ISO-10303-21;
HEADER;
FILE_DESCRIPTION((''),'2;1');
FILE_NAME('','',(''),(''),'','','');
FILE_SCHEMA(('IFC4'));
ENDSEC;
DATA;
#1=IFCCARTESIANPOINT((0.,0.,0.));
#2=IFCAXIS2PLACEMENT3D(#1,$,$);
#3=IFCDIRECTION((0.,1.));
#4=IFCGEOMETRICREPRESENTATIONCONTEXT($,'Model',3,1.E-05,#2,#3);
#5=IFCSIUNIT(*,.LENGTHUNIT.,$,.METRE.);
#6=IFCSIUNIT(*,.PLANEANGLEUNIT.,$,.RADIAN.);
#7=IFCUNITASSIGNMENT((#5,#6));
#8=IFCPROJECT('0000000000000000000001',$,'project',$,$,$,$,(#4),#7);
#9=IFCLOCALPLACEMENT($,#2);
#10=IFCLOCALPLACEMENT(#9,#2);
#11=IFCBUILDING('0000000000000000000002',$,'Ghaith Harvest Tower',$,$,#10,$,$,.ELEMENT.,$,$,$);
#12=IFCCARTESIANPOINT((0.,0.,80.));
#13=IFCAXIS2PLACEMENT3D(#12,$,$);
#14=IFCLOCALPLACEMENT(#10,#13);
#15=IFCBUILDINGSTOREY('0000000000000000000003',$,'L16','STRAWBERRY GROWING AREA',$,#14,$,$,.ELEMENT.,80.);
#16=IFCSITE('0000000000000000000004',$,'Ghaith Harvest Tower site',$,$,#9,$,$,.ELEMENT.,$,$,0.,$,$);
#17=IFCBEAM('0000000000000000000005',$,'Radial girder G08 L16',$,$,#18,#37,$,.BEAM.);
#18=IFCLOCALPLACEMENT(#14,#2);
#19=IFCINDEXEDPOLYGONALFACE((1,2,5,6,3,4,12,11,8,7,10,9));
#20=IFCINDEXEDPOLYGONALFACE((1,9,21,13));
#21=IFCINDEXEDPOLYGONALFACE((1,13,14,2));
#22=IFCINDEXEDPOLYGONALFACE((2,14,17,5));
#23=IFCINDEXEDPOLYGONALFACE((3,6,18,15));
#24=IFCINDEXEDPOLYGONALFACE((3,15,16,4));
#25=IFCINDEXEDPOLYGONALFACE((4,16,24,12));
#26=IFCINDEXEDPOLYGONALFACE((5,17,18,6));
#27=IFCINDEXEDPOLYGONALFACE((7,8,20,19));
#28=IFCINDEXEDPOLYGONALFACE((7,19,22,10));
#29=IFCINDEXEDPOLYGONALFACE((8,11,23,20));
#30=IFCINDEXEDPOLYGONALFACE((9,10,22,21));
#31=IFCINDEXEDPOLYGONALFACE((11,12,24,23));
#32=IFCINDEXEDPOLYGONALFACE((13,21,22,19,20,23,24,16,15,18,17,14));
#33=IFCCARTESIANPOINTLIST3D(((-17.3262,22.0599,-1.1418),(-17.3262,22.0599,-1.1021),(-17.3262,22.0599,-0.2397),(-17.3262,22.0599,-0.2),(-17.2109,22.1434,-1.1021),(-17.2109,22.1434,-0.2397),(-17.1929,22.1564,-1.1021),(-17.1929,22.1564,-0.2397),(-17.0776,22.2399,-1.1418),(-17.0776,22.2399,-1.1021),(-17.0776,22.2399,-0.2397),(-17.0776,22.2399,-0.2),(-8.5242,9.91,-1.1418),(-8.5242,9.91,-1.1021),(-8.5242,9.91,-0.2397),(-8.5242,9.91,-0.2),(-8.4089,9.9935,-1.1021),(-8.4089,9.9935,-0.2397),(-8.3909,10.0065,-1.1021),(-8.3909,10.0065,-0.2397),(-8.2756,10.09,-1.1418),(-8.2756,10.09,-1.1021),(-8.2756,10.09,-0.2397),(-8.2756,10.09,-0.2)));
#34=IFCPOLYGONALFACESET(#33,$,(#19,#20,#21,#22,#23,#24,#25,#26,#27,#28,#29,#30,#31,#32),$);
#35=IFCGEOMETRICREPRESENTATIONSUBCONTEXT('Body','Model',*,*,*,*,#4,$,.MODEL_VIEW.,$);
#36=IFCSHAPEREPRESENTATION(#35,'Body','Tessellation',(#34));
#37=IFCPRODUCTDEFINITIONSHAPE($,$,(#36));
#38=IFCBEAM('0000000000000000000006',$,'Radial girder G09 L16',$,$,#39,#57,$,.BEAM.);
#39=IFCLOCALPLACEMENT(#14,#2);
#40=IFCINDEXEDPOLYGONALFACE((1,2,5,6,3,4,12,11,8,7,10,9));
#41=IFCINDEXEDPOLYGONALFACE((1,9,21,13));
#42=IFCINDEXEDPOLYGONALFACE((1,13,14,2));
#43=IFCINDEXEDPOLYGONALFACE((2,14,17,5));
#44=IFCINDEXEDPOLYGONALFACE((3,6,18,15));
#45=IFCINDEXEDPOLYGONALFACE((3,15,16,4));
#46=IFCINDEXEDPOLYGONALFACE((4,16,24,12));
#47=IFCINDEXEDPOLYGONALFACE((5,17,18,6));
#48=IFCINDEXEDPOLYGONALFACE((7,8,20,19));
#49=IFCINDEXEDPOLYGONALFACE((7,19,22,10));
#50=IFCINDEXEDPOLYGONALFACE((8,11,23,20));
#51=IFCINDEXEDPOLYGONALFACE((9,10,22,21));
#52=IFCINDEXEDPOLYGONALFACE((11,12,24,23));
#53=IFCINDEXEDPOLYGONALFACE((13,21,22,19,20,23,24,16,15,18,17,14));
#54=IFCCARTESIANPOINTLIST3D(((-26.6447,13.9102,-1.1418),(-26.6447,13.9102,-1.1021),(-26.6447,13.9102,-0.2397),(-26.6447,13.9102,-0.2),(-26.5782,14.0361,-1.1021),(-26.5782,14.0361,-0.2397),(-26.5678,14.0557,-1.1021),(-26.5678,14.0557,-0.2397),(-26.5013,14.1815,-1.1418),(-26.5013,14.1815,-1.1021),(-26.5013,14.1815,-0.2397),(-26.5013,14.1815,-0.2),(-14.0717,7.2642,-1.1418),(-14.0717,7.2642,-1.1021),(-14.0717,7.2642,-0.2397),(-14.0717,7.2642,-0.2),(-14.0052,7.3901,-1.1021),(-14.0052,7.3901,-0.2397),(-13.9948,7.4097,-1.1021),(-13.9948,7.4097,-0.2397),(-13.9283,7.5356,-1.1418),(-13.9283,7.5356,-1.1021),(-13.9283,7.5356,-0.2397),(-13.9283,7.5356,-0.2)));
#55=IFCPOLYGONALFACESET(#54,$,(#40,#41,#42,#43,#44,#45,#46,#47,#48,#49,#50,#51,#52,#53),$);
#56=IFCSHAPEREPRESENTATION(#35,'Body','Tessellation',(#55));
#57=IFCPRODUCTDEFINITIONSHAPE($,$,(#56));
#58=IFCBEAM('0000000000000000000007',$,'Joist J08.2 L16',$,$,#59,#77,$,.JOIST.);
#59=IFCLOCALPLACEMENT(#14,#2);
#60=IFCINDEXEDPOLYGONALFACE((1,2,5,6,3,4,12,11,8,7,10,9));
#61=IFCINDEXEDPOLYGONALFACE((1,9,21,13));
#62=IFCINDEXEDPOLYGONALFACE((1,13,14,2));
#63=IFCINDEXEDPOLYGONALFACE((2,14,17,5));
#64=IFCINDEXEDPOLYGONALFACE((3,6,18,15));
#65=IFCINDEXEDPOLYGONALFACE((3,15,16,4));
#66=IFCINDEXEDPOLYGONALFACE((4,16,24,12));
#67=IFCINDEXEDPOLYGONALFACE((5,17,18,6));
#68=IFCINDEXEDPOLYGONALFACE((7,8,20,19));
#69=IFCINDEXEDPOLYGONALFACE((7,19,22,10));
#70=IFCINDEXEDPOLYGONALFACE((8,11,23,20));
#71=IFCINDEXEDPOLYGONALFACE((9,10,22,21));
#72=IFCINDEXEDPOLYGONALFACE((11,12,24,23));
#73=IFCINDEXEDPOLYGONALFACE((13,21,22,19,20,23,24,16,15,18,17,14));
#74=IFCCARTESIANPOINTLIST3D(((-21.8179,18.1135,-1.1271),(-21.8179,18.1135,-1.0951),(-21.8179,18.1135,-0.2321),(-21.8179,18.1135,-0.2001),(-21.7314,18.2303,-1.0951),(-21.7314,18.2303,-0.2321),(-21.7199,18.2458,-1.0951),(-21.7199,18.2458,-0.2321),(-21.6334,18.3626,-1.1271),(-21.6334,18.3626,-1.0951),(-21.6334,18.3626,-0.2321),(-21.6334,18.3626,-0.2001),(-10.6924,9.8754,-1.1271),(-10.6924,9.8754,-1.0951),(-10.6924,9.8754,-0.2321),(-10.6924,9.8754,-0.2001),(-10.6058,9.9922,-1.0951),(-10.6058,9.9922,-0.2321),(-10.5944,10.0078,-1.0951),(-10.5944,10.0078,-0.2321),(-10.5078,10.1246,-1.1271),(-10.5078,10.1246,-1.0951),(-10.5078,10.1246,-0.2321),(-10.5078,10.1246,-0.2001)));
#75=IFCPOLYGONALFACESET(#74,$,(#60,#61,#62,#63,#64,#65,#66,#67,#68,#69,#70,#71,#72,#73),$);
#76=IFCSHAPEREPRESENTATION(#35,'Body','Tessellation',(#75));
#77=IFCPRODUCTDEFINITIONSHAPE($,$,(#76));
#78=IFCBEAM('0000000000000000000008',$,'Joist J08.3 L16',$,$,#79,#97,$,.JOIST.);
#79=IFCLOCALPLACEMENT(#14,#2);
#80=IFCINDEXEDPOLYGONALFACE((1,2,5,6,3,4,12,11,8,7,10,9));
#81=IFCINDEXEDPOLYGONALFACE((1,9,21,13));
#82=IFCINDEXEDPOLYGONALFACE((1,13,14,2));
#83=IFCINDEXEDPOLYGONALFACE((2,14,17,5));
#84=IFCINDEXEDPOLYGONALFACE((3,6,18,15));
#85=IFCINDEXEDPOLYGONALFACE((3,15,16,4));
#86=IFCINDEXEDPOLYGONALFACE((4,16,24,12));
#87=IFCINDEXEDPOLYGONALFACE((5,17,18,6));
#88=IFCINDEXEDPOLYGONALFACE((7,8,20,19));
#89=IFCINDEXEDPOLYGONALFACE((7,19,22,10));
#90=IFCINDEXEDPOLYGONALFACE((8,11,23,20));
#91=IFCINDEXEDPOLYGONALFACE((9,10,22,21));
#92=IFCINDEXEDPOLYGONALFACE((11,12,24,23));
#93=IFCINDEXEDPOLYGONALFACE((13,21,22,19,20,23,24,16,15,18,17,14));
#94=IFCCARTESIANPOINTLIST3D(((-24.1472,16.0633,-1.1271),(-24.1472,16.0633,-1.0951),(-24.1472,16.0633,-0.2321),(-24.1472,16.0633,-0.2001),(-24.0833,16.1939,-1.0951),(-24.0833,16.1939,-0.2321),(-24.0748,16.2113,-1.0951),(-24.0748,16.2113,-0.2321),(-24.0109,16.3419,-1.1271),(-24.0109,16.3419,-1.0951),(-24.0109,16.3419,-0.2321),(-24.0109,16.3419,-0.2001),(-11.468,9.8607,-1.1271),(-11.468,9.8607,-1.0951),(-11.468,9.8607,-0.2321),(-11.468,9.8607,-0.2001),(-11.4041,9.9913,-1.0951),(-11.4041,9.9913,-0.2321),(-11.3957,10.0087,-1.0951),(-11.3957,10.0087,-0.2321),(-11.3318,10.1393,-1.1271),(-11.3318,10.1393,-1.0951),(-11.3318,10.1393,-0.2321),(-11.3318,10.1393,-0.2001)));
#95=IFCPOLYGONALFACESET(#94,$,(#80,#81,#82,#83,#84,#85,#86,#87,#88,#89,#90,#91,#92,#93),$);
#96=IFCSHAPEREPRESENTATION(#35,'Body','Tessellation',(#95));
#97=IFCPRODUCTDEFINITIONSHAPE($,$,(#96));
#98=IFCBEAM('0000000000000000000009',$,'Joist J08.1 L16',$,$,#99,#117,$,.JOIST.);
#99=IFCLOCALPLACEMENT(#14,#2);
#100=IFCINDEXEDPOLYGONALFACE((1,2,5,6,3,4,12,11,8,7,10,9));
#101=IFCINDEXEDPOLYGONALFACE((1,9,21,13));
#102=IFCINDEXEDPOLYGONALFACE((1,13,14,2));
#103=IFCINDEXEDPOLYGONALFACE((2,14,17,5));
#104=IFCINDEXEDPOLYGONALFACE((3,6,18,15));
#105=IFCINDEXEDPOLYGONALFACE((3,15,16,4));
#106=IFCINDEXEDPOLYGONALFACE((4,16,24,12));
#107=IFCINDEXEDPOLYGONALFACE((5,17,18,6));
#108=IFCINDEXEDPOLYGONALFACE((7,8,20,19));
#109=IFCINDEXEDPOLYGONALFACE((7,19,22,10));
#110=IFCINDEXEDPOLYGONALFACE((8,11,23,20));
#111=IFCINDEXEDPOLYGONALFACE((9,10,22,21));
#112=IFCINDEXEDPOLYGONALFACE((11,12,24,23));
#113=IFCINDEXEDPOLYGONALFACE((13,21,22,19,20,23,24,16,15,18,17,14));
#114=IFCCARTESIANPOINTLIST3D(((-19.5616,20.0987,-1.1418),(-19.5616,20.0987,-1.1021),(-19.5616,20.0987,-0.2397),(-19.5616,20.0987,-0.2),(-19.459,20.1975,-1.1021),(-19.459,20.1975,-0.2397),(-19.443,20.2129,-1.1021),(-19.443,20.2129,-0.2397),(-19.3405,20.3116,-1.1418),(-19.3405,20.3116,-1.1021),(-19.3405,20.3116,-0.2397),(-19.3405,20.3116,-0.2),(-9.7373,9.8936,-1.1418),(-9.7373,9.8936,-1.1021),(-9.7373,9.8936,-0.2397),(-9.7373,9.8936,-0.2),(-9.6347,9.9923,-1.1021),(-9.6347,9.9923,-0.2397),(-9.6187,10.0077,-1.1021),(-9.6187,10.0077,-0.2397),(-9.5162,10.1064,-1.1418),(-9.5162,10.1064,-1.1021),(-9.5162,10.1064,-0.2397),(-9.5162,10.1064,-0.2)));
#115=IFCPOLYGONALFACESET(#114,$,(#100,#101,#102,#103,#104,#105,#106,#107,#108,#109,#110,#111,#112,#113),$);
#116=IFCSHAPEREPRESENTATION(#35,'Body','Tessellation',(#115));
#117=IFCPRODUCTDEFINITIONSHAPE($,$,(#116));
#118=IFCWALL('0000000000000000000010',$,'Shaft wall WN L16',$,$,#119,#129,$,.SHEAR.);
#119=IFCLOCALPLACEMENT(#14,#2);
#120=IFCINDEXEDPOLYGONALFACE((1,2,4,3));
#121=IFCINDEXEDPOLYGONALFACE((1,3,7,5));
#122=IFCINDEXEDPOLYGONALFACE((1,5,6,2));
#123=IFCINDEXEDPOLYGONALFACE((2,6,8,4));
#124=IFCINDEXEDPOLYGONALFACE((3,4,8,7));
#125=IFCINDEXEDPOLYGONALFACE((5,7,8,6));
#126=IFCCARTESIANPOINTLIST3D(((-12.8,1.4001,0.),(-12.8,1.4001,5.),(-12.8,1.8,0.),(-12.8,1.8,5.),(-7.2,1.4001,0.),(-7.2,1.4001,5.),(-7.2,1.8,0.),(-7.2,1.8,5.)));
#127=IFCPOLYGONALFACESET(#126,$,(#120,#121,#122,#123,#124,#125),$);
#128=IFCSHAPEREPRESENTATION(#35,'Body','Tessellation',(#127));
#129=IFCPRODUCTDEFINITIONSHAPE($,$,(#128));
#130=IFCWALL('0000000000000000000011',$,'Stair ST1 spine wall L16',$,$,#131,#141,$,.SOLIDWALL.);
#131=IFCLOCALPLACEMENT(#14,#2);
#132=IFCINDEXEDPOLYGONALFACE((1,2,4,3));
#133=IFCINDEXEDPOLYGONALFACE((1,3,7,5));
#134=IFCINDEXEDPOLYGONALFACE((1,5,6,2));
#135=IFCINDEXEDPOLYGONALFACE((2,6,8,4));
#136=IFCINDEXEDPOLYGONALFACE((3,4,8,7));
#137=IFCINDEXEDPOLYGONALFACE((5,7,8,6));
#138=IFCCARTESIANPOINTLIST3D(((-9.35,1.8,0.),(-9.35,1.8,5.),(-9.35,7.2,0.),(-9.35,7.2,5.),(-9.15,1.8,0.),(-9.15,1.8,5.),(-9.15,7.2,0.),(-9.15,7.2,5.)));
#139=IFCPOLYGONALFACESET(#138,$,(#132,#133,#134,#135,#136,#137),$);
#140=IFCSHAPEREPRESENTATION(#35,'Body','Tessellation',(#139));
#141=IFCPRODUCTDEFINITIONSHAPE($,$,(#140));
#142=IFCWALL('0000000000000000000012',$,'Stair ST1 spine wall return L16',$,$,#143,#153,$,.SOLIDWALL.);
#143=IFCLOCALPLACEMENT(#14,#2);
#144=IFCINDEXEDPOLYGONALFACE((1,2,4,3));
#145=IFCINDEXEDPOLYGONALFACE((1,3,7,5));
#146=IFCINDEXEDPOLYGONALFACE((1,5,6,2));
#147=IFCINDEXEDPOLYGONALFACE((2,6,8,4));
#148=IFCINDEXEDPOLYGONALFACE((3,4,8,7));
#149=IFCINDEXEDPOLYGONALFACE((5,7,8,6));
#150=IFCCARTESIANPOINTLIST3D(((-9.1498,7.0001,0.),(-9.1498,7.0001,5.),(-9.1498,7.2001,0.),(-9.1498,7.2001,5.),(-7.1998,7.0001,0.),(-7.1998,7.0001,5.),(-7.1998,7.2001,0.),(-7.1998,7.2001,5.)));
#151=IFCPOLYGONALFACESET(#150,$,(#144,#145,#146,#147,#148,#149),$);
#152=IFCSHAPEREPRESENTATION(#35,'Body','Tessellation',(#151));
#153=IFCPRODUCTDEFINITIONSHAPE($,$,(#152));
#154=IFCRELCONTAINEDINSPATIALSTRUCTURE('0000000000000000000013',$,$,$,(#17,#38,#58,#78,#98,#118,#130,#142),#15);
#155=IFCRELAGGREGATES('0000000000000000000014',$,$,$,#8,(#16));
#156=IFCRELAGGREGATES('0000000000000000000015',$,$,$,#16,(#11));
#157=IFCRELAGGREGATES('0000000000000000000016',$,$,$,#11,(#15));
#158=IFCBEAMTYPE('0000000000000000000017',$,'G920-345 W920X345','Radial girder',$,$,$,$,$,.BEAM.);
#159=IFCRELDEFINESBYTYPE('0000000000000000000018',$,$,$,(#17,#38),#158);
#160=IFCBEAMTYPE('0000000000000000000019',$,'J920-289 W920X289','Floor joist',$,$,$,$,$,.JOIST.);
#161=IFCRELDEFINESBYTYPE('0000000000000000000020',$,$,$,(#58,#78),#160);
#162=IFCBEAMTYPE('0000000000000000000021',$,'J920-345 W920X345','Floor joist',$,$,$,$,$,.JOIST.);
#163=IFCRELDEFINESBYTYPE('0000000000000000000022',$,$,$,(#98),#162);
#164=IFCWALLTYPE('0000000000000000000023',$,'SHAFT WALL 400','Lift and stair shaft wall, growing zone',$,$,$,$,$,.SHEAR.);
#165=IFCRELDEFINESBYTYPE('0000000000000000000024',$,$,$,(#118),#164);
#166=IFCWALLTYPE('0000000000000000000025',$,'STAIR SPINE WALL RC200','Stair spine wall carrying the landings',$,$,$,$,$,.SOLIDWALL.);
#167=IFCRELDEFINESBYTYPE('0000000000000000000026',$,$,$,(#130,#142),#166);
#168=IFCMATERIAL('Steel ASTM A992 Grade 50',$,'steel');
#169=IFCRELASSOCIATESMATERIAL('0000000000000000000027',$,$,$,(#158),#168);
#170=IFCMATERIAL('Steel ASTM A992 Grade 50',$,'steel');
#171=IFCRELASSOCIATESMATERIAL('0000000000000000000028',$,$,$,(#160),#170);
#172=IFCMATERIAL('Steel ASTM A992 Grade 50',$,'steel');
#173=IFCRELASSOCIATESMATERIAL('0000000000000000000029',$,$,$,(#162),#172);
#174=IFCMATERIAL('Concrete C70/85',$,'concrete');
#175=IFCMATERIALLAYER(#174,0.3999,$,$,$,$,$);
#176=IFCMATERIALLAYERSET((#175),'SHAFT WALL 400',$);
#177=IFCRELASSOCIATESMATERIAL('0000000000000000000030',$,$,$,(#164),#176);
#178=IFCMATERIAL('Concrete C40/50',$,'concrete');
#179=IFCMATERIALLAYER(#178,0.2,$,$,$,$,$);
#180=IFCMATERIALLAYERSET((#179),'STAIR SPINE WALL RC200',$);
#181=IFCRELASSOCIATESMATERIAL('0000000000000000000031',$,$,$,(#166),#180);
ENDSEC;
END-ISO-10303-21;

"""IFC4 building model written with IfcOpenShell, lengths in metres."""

from ifc_helpers import new_model, si_unit, direction, frame, frame_2d, origin, origin_2d, place, context, subcontext, project, spatial, rectangle, i_section, extrude, material, layer, layer_set, material_profile, profile_set, type_object, element, save


model = new_model("IFC4")

# Units and contexts
model_context = context("Model", 3, precision=1e-05, world=origin(), true_north=direction((0.0, 1.0)))
body_context = subcontext(model_context, "Body", "Model", "MODEL_VIEW")
ifc_project = project(units=[si_unit("LENGTHUNIT", "METRE"), si_unit("PLANEANGLEUNIT", "RADIAN")], contexts=[model_context])

# Site, building, storey
site_placement = place(None, origin())
site = spatial("IfcSite", under=ifc_project, at=site_placement, Name="Ghaith Harvest Tower site", CompositionType="ELEMENT", RefElevation=0.0)
building_placement = place(site_placement, origin())
building = spatial("IfcBuilding", under=site, at=building_placement, Name="Ghaith Harvest Tower", CompositionType="ELEMENT")
storey_placement = place(building_placement, frame((0.0, 0.0, 80.0)))
storey = spatial("IfcBuildingStorey", under=building, at=storey_placement, Name="L16", Description="STRAWBERRY GROWING AREA", CompositionType="ELEMENT", Elevation=80.0)

# Beams
ifc_material_1 = material(Name="Steel ASTM A992 Grade 50", Category="steel")
ifc_material_profile_1 = material_profile(ifc_material_1, i_section(OverallWidth=0.3069, OverallDepth=0.9419, WebThickness=0.0222, FlangeThickness=0.0398, at=origin_2d()), Name="W920X345")
ifc_profile_set_1 = profile_set([ifc_material_profile_1], Name="Steel ASTM A992 Grade 50")
beam_type_1 = type_object("IfcBeamType", Name="G920-345 W920X345", Description="Radial girder", PredefinedType="BEAM", material=ifc_profile_set_1)
beam_1_placement = place(storey_placement, frame((-8.3999, 10.0, -0.6709), z_axis=(-0.586676, 0.809822, 0.0), x_axis=(-0.809822, -0.586676, 0.0)))
element("IfcBeam", 1, at=beam_1_placement, inside=storey, type_object=beam_type_1, Name="Radial girder G08 L16", PredefinedType="BEAM", context=body_context, shape_type="SweptSolid", body=[
    extrude(i_section(OverallWidth=0.3069, OverallDepth=0.9419, WebThickness=0.0222, FlangeThickness=0.0398, at=origin_2d()), origin(), (0.0, 0.0, 1.0), 15.0032),
])
beam_2_placement = place(storey_placement, frame((-14.0, 7.3999, -0.6709), z_axis=(-0.884087, 0.467322, 0.0), x_axis=(-0.467322, -0.884087, 0.0)))
element("IfcBeam", 2, at=beam_2_placement, inside=storey, type_object=beam_type_1, Name="Radial girder G09 L16", PredefinedType="BEAM", context=body_context, shape_type="SweptSolid", body=[
    extrude(i_section(OverallWidth=0.3069, OverallDepth=0.9419, WebThickness=0.0222, FlangeThickness=0.0398, at=origin_2d()), origin(), (0.0, 0.0, 1.0), 14.2214),
])
ifc_material_2 = material(Name="Steel ASTM A992 Grade 50", Category="steel")
ifc_material_profile_2 = material_profile(ifc_material_2, i_section(OverallWidth=0.3101, OverallDepth=0.927, WebThickness=0.0193, FlangeThickness=0.032, at=origin_2d()), Name="W920X289")
ifc_profile_set_2 = profile_set([ifc_material_profile_2], Name="Steel ASTM A992 Grade 50")
beam_type_2 = type_object("IfcBeamType", Name="J920-289 W920X289", Description="Floor joist", PredefinedType="JOIST", material=ifc_profile_set_2)
beam_3_placement = place(storey_placement, frame((-10.6001, 10.0, -0.6636), z_axis=(-0.803663, 0.595085, 0.0), x_axis=(-0.595085, -0.803663, 0.0)))
element("IfcBeam", 3, at=beam_3_placement, inside=storey, type_object=beam_type_2, Name="Joist J08.2 L16", PredefinedType="JOIST", context=body_context, shape_type="SweptSolid", body=[
    extrude(i_section(OverallWidth=0.3101, OverallDepth=0.927, WebThickness=0.0193, FlangeThickness=0.032, at=origin_2d()), origin(), (0.0, 0.0, 1.0), 13.8435),
])
beam_4_placement = place(storey_placement, frame((-11.3999, 10.0, -0.6636), z_axis=(-0.898275, 0.439434, 0.0), x_axis=(-0.439434, -0.898275, 0.0)))
element("IfcBeam", 4, at=beam_4_placement, inside=storey, type_object=beam_type_2, Name="Joist J08.3 L16", PredefinedType="JOIST", context=body_context, shape_type="SweptSolid", body=[
    extrude(i_section(OverallWidth=0.3101, OverallDepth=0.927, WebThickness=0.0193, FlangeThickness=0.032, at=origin_2d()), origin(), (0.0, 0.0, 1.0), 14.115),
])
ifc_material_3 = material(Name="Steel ASTM A992 Grade 50", Category="steel")
ifc_material_profile_3 = material_profile(ifc_material_3, i_section(OverallWidth=0.3069, OverallDepth=0.9419, WebThickness=0.0222, FlangeThickness=0.0398, at=origin_2d()), Name="W920X345")
ifc_profile_set_3 = profile_set([ifc_material_profile_3], Name="Steel ASTM A992 Grade 50")
beam_type_3 = type_object("IfcBeamType", Name="J920-345 W920X345", Description="Floor joist", PredefinedType="JOIST", material=ifc_profile_set_3)
beam_5_placement = place(storey_placement, frame((-9.6267, 10.0, -0.6709), z_axis=(-0.693536, 0.720422, 0.0), x_axis=(-0.720422, -0.693536, 0.0)))
element("IfcBeam", 5, at=beam_5_placement, inside=storey, type_object=beam_type_3, Name="Joist J08.1 L16", PredefinedType="JOIST", context=body_context, shape_type="SweptSolid", body=[
    extrude(i_section(OverallWidth=0.3069, OverallDepth=0.9419, WebThickness=0.0222, FlangeThickness=0.0398, at=origin_2d()), origin(), (0.0, 0.0, 1.0), 14.1655),
])

# Shared definitions
ifc_material_4 = material(Name="Concrete C70/85", Category="concrete")
ifc_layer_1 = layer(ifc_material_4, 0.3999)
ifc_layer_set_1 = layer_set([ifc_layer_1], Name="SHAFT WALL 400")
wall_type_1 = type_object("IfcWallType", Name="SHAFT WALL 400", Description="Lift and stair shaft wall, growing zone", PredefinedType="SHEAR", material=ifc_layer_set_1)

# Walls
wall_1_placement = place(storey_placement, frame((-12.8, 1.6001, 0.0), z_axis=(0.0, 0.0, 1.0), x_axis=(1.0, 0.0, 0.0)))
element("IfcWall", 6, at=wall_1_placement, inside=storey, type_object=wall_type_1, Name="Shaft wall WN L16", PredefinedType="SHEAR", context=body_context, shape_type="SweptSolid", body=[
    extrude(rectangle(XDim=5.6001, YDim=0.3999, at=frame_2d((2.8, 0.0))), origin(), (0.0, 0.0, 1.0), 5.0),
])
ifc_material_5 = material(Name="Concrete C40/50", Category="concrete")
ifc_layer_2 = layer(ifc_material_5, 0.2)
ifc_layer_set_2 = layer_set([ifc_layer_2], Name="STAIR SPINE WALL RC200")
wall_type_2 = type_object("IfcWallType", Name="STAIR SPINE WALL RC200", Description="Stair spine wall carrying the landings", PredefinedType="SOLIDWALL", material=ifc_layer_set_2)
wall_2_placement = place(storey_placement, frame((-9.25, 7.2, 0.0), z_axis=(0.0, 0.0, 1.0), x_axis=(0.0, -1.0, 0.0)))
element("IfcWall", 7, at=wall_2_placement, inside=storey, type_object=wall_type_2, Name="Stair ST1 spine wall L16", PredefinedType="SOLIDWALL", context=body_context, shape_type="SweptSolid", body=[
    extrude(rectangle(XDim=5.3999, YDim=0.2, at=frame_2d((2.7, 0.0))), origin(), (0.0, 0.0, 1.0), 5.0),
])
wall_3_placement = place(storey_placement, frame((-9.1499, 7.1001, 0.0), z_axis=(0.0, 0.0, 1.0), x_axis=(1.0, 0.0, 0.0)))
element("IfcWall", 8, at=wall_3_placement, inside=storey, type_object=wall_type_2, Name="Stair ST1 spine wall return L16", PredefinedType="SOLIDWALL", context=body_context, shape_type="SweptSolid", body=[
    extrude(rectangle(XDim=1.95, YDim=0.2, at=frame_2d((0.9751, 0.0))), origin(), (0.0, 0.0, 1.0), 5.0),
])

save(model, "model.ifc")
